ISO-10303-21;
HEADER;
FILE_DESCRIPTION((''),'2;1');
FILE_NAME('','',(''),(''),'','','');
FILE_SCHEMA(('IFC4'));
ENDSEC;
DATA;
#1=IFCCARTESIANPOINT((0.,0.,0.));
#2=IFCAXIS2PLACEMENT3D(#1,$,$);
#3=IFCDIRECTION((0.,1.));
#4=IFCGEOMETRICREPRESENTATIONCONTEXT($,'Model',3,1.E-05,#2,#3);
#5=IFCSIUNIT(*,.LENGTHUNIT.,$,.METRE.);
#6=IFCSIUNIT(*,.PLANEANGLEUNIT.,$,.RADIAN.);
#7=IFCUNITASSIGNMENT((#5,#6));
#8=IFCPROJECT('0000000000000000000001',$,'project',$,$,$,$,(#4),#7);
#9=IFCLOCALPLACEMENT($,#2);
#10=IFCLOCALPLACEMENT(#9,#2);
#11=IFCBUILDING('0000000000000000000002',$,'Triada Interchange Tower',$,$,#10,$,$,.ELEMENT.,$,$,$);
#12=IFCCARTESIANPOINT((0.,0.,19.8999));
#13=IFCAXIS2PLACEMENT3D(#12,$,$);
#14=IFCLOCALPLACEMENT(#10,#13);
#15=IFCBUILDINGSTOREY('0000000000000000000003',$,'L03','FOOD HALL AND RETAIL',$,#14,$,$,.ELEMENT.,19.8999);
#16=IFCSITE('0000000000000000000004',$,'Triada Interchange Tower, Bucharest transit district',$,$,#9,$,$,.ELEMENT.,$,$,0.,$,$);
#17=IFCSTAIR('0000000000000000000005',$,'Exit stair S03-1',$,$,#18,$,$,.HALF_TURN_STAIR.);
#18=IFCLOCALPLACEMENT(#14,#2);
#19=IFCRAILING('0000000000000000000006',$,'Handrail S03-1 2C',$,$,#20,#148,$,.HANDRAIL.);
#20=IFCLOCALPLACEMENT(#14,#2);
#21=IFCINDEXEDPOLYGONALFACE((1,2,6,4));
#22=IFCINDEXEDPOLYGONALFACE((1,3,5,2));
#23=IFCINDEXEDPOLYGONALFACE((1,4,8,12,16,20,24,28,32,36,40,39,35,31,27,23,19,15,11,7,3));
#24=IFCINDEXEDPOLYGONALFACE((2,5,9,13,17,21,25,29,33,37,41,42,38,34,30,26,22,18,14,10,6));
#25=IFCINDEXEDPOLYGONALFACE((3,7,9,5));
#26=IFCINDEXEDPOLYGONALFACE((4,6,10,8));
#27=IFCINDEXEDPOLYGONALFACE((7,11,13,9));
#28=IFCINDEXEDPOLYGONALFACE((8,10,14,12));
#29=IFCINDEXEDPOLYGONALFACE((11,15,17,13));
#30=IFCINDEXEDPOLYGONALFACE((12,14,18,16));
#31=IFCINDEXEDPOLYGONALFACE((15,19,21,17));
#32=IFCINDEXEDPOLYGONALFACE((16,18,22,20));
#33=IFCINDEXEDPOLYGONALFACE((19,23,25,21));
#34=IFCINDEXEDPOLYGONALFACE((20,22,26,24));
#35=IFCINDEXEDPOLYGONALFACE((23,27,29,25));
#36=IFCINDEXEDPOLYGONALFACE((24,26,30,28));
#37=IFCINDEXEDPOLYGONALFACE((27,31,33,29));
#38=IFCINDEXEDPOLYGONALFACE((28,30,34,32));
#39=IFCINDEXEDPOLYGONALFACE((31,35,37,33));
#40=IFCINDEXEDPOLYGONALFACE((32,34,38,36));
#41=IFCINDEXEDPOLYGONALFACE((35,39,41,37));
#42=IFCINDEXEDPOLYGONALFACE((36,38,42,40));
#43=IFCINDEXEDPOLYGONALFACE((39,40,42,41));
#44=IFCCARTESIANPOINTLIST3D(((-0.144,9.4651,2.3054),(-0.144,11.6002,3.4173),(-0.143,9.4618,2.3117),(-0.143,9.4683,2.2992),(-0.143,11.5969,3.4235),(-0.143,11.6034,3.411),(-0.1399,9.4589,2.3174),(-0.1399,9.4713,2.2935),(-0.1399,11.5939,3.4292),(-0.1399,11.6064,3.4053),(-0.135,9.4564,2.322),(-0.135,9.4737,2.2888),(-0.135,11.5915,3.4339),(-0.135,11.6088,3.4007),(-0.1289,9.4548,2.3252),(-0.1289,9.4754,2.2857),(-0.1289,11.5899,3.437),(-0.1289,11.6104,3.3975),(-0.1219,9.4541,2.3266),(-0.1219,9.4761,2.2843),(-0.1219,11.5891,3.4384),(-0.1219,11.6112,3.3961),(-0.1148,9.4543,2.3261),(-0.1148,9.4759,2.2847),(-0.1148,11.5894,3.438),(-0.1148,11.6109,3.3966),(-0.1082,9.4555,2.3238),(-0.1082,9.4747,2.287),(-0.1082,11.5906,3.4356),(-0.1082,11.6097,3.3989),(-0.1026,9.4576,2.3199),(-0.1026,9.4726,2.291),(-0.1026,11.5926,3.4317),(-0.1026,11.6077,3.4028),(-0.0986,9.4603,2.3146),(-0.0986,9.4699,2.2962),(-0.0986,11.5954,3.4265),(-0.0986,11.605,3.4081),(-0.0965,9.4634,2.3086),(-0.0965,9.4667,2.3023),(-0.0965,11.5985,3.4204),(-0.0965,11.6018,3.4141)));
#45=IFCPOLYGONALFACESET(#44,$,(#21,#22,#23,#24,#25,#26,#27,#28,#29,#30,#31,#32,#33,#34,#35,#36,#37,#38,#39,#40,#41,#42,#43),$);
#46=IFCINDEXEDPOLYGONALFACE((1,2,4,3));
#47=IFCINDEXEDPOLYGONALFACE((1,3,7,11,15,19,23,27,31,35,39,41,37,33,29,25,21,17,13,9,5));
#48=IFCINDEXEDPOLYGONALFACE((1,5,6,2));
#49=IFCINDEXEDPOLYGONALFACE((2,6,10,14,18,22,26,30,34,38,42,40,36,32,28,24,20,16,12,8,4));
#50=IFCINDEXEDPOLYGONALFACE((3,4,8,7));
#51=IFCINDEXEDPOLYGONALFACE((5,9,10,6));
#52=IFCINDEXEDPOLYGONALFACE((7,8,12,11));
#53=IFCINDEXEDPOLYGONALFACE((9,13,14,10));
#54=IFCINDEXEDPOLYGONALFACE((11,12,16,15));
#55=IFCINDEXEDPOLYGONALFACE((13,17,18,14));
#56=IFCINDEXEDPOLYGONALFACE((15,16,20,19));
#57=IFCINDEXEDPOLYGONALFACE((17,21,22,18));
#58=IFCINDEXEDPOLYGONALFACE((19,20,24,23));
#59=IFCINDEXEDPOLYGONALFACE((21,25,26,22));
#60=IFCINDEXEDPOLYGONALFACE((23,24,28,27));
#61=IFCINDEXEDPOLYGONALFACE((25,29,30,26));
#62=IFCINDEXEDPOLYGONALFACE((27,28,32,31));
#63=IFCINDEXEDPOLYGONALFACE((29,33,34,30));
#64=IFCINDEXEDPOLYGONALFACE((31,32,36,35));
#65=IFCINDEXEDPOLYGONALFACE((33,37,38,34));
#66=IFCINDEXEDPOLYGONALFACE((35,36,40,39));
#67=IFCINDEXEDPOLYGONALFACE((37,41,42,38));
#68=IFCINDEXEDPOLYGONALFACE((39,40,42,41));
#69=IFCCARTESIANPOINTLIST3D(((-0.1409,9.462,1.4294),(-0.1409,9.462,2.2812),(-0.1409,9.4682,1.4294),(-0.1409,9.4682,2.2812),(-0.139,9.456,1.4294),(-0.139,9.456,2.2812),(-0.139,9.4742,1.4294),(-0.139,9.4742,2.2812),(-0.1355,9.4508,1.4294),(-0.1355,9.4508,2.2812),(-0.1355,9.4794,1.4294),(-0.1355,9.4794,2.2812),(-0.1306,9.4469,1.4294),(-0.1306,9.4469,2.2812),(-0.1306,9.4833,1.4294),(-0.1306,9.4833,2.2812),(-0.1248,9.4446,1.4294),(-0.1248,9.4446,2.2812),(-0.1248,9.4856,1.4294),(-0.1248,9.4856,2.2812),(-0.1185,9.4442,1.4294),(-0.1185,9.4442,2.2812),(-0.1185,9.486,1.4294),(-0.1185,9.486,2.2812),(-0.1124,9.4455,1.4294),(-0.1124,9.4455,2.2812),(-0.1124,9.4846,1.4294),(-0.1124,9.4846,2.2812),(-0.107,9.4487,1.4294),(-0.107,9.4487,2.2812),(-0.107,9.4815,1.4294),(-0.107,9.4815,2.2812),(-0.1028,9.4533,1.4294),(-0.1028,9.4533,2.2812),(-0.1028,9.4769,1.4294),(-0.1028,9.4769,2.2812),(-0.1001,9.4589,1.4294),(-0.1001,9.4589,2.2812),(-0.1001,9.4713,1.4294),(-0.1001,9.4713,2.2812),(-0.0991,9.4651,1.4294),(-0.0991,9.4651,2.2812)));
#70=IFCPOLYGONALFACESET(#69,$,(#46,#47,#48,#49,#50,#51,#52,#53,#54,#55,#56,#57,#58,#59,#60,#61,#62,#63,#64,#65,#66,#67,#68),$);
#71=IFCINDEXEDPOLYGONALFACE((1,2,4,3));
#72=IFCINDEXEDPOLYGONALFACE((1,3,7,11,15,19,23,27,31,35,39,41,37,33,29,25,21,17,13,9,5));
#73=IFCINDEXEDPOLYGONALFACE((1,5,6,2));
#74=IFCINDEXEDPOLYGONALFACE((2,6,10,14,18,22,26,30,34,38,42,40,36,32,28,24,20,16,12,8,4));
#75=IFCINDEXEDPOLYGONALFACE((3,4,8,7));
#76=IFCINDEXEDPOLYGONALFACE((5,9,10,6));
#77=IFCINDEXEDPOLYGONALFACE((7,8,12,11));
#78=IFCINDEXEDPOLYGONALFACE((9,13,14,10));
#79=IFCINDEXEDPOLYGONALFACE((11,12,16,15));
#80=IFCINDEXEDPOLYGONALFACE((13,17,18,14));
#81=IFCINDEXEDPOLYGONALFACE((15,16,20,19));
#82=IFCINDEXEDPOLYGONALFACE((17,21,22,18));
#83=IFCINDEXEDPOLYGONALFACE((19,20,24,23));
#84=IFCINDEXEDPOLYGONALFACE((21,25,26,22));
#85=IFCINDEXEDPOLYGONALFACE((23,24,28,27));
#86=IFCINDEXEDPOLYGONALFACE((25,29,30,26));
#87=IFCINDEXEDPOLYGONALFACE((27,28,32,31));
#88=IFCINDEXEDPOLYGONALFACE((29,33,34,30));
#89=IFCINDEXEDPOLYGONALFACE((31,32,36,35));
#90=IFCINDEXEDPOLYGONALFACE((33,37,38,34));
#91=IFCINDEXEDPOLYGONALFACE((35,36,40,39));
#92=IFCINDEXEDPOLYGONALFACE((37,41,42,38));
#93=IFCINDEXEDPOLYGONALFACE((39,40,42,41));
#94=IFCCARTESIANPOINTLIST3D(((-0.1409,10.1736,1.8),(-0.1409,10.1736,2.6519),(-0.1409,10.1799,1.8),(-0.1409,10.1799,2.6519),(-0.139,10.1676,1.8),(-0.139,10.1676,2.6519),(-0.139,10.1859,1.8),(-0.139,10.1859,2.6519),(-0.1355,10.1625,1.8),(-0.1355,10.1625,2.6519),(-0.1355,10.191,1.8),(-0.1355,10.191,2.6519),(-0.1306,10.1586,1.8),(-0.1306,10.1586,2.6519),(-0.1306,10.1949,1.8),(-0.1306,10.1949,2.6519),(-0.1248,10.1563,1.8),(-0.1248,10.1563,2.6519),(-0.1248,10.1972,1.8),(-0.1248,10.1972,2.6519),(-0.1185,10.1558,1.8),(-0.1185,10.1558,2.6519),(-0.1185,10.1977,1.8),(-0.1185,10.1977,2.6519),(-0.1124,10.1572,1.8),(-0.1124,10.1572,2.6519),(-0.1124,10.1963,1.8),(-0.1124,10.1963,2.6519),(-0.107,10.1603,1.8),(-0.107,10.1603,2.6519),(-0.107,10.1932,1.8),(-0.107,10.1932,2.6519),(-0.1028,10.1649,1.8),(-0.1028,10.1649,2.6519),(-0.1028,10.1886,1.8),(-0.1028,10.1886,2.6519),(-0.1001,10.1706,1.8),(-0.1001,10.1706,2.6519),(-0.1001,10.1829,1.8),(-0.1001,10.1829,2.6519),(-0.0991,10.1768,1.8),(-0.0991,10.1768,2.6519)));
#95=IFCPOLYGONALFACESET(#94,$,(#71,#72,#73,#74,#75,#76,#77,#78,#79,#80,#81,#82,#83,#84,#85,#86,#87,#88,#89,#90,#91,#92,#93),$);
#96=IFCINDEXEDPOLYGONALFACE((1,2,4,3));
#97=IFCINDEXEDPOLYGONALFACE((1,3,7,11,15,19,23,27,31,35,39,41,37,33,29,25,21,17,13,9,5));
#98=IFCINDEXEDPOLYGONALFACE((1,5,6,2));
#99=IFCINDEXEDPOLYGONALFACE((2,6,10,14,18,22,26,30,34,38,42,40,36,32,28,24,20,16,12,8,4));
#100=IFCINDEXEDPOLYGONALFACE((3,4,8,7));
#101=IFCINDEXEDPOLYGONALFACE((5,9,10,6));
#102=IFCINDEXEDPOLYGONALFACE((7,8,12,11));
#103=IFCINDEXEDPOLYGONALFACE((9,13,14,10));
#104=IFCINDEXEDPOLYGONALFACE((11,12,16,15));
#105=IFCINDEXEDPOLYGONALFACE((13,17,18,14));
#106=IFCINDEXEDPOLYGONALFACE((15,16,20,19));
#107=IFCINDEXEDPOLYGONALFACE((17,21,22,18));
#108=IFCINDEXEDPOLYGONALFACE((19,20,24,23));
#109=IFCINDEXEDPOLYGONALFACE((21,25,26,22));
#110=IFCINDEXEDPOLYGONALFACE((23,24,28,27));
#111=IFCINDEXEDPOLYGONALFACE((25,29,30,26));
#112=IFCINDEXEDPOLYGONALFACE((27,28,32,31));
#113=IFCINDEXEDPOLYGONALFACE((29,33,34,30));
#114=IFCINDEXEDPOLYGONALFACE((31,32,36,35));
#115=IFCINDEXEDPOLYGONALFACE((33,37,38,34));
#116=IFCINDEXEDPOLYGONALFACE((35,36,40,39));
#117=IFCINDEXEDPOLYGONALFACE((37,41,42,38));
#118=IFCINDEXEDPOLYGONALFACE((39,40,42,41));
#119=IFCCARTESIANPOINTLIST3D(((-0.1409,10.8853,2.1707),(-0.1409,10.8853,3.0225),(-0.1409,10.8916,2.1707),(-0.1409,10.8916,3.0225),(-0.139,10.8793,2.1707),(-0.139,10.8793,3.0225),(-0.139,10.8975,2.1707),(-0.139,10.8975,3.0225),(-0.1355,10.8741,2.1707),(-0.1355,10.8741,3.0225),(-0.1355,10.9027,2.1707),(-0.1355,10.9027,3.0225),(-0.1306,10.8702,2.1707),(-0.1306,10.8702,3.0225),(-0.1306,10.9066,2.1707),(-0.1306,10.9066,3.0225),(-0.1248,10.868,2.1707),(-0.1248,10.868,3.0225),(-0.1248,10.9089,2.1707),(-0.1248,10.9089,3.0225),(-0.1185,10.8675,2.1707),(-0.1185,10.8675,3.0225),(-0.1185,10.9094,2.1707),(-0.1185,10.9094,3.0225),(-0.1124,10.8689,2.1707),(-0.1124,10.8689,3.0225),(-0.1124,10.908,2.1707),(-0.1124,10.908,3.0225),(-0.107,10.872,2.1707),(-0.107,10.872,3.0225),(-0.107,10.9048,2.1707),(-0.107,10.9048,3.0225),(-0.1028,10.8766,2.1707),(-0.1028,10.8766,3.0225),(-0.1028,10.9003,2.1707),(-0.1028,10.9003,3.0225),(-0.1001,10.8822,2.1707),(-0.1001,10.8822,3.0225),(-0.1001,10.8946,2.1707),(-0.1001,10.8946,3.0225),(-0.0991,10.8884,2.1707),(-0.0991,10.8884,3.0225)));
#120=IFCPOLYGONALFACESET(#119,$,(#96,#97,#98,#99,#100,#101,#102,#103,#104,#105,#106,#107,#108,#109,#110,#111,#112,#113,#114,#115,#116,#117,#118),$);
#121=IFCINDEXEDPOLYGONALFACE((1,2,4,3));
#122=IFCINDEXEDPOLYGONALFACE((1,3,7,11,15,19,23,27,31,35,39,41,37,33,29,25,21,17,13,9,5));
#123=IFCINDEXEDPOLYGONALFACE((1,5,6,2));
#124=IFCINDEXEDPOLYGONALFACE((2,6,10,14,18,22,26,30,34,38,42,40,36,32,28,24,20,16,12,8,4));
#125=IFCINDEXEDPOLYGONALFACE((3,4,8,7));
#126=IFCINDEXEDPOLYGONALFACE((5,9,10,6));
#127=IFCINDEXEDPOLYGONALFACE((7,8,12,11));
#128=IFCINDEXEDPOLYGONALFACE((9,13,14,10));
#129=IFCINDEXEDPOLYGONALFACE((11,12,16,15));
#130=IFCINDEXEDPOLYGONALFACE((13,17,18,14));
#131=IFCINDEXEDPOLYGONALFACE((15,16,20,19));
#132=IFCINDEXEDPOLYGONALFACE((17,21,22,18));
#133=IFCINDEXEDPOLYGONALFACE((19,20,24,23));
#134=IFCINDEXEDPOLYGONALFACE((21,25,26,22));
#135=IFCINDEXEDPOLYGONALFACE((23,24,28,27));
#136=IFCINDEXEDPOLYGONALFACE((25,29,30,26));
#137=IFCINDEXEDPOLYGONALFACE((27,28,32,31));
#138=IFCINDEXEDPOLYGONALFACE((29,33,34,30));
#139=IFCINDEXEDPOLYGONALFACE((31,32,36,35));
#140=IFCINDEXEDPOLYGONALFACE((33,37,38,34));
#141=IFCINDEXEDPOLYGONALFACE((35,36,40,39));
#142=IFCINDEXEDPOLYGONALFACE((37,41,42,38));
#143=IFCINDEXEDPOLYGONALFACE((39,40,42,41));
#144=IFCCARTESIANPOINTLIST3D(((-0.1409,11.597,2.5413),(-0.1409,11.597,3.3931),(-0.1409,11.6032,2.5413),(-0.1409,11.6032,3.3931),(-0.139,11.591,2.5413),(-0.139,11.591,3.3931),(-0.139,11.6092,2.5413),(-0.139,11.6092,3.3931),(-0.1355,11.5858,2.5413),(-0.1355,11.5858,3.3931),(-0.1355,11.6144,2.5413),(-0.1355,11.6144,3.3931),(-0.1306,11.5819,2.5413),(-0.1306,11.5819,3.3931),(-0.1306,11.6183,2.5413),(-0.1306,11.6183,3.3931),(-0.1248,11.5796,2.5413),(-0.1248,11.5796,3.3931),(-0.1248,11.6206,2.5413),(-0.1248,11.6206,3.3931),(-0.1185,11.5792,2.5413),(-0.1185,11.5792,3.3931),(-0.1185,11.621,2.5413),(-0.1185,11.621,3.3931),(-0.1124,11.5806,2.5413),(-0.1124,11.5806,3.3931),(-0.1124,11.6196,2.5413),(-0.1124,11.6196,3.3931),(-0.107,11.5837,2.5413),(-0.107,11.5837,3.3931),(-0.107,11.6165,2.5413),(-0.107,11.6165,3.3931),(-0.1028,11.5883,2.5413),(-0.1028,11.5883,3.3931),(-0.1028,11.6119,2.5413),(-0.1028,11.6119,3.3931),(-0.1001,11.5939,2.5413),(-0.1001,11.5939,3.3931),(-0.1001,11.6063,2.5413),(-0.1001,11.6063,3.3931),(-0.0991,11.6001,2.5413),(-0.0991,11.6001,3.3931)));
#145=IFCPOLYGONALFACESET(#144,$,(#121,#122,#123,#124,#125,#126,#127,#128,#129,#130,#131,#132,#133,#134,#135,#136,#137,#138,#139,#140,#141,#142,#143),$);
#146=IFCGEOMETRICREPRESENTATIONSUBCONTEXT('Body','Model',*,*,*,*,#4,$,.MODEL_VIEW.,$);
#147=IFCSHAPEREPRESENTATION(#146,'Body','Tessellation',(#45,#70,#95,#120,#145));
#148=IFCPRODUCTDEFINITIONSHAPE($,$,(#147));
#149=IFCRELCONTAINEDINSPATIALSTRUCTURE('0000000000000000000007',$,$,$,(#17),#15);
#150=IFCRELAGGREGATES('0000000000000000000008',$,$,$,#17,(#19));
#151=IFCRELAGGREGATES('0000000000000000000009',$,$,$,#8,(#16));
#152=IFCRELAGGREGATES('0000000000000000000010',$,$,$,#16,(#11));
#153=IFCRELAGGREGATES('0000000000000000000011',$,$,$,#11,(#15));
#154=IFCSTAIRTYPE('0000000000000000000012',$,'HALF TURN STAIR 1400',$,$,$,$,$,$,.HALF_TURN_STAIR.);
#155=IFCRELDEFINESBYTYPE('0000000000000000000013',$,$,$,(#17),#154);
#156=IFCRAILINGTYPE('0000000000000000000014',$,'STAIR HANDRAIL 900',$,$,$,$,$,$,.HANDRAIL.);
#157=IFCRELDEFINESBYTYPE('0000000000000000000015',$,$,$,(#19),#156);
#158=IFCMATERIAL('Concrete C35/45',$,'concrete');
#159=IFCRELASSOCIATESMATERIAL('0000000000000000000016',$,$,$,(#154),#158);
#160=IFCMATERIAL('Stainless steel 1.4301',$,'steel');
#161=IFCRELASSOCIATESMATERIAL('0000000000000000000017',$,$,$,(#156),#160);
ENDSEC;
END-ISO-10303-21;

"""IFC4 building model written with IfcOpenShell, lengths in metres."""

from ifc_helpers import new_model, si_unit, direction, frame, origin, origin_2d, place, context, subcontext, project, spatial, circle, extrude, material, type_object, element, aggregate, save


model = new_model("IFC4")

# Units and contexts
model_context = context("Model", 3, precision=1e-05, world=origin(), true_north=direction((0.0, 1.0)))
body_context = subcontext(model_context, "Body", "Model", "MODEL_VIEW")
ifc_project = project(units=[si_unit("LENGTHUNIT", "METRE"), si_unit("PLANEANGLEUNIT", "RADIAN")], contexts=[model_context])

# Site, building, storey
site_placement = place(None, origin())
site = spatial("IfcSite", under=ifc_project, at=site_placement, Name="Triada Interchange Tower, Bucharest transit district", CompositionType="ELEMENT", RefElevation=0.0)
building_placement = place(site_placement, origin())
building = spatial("IfcBuilding", under=site, at=building_placement, Name="Triada Interchange Tower", CompositionType="ELEMENT")
storey_placement = place(building_placement, frame((0.0, 0.0, 19.8999)))
storey = spatial("IfcBuildingStorey", under=building, at=storey_placement, Name="L03", Description="FOOD HALL AND RETAIL", CompositionType="ELEMENT", Elevation=19.8999)

# Stair, railing
ifc_material_1 = material(Name="Concrete C35/45", Category="concrete")
stair_type = type_object("IfcStairType", Name="HALF TURN STAIR 1400", PredefinedType="HALF_TURN_STAIR", material=ifc_material_1)
stair_placement = place(storey_placement, origin())
stair = element("IfcStair", 1, at=stair_placement, inside=storey, type_object=stair_type, Name="Exit stair S03-1", PredefinedType="HALF_TURN_STAIR")
ifc_material_2 = material(Name="Stainless steel 1.4301", Category="steel")
railing_type = type_object("IfcRailingType", Name="STAIR HANDRAIL 900", PredefinedType="HANDRAIL", material=ifc_material_2)
railing_1_placement = place(storey_placement, frame((-0.1201, 9.4651, 1.4294)))
railing_1 = element("IfcRailing", 2, at=railing_1_placement, type_object=railing_type, Name="Handrail S03-1 2C", PredefinedType="HANDRAIL", context=body_context, shape_type="SweptSolid", body=[
    extrude(circle(Radius=0.0239, at=origin_2d()), frame((0.0, 0.0, 0.876), z_axis=(0.0, 0.886943, 0.46188), x_axis=(-1.0, 0.0, 0.0)), (0.0, 0.0, 1.0), 2.4072),
    extrude(circle(Radius=0.021, at=origin_2d()), origin(), (0.0, 0.0, 1.0), 0.8518),
    extrude(circle(Radius=0.021, at=origin_2d()), frame((0.0, 0.7117, 0.3706)), (0.0, 0.0, 1.0), 0.8518),
    extrude(circle(Radius=0.021, at=origin_2d()), frame((0.0, 1.4233, 0.7412)), (0.0, 0.0, 1.0), 0.8518),
    extrude(circle(Radius=0.021, at=origin_2d()), frame((0.0, 2.135, 1.1118)), (0.0, 0.0, 1.0), 0.8518),
])
aggregate(stair, [railing_1])

save(model, "model.ifc")
